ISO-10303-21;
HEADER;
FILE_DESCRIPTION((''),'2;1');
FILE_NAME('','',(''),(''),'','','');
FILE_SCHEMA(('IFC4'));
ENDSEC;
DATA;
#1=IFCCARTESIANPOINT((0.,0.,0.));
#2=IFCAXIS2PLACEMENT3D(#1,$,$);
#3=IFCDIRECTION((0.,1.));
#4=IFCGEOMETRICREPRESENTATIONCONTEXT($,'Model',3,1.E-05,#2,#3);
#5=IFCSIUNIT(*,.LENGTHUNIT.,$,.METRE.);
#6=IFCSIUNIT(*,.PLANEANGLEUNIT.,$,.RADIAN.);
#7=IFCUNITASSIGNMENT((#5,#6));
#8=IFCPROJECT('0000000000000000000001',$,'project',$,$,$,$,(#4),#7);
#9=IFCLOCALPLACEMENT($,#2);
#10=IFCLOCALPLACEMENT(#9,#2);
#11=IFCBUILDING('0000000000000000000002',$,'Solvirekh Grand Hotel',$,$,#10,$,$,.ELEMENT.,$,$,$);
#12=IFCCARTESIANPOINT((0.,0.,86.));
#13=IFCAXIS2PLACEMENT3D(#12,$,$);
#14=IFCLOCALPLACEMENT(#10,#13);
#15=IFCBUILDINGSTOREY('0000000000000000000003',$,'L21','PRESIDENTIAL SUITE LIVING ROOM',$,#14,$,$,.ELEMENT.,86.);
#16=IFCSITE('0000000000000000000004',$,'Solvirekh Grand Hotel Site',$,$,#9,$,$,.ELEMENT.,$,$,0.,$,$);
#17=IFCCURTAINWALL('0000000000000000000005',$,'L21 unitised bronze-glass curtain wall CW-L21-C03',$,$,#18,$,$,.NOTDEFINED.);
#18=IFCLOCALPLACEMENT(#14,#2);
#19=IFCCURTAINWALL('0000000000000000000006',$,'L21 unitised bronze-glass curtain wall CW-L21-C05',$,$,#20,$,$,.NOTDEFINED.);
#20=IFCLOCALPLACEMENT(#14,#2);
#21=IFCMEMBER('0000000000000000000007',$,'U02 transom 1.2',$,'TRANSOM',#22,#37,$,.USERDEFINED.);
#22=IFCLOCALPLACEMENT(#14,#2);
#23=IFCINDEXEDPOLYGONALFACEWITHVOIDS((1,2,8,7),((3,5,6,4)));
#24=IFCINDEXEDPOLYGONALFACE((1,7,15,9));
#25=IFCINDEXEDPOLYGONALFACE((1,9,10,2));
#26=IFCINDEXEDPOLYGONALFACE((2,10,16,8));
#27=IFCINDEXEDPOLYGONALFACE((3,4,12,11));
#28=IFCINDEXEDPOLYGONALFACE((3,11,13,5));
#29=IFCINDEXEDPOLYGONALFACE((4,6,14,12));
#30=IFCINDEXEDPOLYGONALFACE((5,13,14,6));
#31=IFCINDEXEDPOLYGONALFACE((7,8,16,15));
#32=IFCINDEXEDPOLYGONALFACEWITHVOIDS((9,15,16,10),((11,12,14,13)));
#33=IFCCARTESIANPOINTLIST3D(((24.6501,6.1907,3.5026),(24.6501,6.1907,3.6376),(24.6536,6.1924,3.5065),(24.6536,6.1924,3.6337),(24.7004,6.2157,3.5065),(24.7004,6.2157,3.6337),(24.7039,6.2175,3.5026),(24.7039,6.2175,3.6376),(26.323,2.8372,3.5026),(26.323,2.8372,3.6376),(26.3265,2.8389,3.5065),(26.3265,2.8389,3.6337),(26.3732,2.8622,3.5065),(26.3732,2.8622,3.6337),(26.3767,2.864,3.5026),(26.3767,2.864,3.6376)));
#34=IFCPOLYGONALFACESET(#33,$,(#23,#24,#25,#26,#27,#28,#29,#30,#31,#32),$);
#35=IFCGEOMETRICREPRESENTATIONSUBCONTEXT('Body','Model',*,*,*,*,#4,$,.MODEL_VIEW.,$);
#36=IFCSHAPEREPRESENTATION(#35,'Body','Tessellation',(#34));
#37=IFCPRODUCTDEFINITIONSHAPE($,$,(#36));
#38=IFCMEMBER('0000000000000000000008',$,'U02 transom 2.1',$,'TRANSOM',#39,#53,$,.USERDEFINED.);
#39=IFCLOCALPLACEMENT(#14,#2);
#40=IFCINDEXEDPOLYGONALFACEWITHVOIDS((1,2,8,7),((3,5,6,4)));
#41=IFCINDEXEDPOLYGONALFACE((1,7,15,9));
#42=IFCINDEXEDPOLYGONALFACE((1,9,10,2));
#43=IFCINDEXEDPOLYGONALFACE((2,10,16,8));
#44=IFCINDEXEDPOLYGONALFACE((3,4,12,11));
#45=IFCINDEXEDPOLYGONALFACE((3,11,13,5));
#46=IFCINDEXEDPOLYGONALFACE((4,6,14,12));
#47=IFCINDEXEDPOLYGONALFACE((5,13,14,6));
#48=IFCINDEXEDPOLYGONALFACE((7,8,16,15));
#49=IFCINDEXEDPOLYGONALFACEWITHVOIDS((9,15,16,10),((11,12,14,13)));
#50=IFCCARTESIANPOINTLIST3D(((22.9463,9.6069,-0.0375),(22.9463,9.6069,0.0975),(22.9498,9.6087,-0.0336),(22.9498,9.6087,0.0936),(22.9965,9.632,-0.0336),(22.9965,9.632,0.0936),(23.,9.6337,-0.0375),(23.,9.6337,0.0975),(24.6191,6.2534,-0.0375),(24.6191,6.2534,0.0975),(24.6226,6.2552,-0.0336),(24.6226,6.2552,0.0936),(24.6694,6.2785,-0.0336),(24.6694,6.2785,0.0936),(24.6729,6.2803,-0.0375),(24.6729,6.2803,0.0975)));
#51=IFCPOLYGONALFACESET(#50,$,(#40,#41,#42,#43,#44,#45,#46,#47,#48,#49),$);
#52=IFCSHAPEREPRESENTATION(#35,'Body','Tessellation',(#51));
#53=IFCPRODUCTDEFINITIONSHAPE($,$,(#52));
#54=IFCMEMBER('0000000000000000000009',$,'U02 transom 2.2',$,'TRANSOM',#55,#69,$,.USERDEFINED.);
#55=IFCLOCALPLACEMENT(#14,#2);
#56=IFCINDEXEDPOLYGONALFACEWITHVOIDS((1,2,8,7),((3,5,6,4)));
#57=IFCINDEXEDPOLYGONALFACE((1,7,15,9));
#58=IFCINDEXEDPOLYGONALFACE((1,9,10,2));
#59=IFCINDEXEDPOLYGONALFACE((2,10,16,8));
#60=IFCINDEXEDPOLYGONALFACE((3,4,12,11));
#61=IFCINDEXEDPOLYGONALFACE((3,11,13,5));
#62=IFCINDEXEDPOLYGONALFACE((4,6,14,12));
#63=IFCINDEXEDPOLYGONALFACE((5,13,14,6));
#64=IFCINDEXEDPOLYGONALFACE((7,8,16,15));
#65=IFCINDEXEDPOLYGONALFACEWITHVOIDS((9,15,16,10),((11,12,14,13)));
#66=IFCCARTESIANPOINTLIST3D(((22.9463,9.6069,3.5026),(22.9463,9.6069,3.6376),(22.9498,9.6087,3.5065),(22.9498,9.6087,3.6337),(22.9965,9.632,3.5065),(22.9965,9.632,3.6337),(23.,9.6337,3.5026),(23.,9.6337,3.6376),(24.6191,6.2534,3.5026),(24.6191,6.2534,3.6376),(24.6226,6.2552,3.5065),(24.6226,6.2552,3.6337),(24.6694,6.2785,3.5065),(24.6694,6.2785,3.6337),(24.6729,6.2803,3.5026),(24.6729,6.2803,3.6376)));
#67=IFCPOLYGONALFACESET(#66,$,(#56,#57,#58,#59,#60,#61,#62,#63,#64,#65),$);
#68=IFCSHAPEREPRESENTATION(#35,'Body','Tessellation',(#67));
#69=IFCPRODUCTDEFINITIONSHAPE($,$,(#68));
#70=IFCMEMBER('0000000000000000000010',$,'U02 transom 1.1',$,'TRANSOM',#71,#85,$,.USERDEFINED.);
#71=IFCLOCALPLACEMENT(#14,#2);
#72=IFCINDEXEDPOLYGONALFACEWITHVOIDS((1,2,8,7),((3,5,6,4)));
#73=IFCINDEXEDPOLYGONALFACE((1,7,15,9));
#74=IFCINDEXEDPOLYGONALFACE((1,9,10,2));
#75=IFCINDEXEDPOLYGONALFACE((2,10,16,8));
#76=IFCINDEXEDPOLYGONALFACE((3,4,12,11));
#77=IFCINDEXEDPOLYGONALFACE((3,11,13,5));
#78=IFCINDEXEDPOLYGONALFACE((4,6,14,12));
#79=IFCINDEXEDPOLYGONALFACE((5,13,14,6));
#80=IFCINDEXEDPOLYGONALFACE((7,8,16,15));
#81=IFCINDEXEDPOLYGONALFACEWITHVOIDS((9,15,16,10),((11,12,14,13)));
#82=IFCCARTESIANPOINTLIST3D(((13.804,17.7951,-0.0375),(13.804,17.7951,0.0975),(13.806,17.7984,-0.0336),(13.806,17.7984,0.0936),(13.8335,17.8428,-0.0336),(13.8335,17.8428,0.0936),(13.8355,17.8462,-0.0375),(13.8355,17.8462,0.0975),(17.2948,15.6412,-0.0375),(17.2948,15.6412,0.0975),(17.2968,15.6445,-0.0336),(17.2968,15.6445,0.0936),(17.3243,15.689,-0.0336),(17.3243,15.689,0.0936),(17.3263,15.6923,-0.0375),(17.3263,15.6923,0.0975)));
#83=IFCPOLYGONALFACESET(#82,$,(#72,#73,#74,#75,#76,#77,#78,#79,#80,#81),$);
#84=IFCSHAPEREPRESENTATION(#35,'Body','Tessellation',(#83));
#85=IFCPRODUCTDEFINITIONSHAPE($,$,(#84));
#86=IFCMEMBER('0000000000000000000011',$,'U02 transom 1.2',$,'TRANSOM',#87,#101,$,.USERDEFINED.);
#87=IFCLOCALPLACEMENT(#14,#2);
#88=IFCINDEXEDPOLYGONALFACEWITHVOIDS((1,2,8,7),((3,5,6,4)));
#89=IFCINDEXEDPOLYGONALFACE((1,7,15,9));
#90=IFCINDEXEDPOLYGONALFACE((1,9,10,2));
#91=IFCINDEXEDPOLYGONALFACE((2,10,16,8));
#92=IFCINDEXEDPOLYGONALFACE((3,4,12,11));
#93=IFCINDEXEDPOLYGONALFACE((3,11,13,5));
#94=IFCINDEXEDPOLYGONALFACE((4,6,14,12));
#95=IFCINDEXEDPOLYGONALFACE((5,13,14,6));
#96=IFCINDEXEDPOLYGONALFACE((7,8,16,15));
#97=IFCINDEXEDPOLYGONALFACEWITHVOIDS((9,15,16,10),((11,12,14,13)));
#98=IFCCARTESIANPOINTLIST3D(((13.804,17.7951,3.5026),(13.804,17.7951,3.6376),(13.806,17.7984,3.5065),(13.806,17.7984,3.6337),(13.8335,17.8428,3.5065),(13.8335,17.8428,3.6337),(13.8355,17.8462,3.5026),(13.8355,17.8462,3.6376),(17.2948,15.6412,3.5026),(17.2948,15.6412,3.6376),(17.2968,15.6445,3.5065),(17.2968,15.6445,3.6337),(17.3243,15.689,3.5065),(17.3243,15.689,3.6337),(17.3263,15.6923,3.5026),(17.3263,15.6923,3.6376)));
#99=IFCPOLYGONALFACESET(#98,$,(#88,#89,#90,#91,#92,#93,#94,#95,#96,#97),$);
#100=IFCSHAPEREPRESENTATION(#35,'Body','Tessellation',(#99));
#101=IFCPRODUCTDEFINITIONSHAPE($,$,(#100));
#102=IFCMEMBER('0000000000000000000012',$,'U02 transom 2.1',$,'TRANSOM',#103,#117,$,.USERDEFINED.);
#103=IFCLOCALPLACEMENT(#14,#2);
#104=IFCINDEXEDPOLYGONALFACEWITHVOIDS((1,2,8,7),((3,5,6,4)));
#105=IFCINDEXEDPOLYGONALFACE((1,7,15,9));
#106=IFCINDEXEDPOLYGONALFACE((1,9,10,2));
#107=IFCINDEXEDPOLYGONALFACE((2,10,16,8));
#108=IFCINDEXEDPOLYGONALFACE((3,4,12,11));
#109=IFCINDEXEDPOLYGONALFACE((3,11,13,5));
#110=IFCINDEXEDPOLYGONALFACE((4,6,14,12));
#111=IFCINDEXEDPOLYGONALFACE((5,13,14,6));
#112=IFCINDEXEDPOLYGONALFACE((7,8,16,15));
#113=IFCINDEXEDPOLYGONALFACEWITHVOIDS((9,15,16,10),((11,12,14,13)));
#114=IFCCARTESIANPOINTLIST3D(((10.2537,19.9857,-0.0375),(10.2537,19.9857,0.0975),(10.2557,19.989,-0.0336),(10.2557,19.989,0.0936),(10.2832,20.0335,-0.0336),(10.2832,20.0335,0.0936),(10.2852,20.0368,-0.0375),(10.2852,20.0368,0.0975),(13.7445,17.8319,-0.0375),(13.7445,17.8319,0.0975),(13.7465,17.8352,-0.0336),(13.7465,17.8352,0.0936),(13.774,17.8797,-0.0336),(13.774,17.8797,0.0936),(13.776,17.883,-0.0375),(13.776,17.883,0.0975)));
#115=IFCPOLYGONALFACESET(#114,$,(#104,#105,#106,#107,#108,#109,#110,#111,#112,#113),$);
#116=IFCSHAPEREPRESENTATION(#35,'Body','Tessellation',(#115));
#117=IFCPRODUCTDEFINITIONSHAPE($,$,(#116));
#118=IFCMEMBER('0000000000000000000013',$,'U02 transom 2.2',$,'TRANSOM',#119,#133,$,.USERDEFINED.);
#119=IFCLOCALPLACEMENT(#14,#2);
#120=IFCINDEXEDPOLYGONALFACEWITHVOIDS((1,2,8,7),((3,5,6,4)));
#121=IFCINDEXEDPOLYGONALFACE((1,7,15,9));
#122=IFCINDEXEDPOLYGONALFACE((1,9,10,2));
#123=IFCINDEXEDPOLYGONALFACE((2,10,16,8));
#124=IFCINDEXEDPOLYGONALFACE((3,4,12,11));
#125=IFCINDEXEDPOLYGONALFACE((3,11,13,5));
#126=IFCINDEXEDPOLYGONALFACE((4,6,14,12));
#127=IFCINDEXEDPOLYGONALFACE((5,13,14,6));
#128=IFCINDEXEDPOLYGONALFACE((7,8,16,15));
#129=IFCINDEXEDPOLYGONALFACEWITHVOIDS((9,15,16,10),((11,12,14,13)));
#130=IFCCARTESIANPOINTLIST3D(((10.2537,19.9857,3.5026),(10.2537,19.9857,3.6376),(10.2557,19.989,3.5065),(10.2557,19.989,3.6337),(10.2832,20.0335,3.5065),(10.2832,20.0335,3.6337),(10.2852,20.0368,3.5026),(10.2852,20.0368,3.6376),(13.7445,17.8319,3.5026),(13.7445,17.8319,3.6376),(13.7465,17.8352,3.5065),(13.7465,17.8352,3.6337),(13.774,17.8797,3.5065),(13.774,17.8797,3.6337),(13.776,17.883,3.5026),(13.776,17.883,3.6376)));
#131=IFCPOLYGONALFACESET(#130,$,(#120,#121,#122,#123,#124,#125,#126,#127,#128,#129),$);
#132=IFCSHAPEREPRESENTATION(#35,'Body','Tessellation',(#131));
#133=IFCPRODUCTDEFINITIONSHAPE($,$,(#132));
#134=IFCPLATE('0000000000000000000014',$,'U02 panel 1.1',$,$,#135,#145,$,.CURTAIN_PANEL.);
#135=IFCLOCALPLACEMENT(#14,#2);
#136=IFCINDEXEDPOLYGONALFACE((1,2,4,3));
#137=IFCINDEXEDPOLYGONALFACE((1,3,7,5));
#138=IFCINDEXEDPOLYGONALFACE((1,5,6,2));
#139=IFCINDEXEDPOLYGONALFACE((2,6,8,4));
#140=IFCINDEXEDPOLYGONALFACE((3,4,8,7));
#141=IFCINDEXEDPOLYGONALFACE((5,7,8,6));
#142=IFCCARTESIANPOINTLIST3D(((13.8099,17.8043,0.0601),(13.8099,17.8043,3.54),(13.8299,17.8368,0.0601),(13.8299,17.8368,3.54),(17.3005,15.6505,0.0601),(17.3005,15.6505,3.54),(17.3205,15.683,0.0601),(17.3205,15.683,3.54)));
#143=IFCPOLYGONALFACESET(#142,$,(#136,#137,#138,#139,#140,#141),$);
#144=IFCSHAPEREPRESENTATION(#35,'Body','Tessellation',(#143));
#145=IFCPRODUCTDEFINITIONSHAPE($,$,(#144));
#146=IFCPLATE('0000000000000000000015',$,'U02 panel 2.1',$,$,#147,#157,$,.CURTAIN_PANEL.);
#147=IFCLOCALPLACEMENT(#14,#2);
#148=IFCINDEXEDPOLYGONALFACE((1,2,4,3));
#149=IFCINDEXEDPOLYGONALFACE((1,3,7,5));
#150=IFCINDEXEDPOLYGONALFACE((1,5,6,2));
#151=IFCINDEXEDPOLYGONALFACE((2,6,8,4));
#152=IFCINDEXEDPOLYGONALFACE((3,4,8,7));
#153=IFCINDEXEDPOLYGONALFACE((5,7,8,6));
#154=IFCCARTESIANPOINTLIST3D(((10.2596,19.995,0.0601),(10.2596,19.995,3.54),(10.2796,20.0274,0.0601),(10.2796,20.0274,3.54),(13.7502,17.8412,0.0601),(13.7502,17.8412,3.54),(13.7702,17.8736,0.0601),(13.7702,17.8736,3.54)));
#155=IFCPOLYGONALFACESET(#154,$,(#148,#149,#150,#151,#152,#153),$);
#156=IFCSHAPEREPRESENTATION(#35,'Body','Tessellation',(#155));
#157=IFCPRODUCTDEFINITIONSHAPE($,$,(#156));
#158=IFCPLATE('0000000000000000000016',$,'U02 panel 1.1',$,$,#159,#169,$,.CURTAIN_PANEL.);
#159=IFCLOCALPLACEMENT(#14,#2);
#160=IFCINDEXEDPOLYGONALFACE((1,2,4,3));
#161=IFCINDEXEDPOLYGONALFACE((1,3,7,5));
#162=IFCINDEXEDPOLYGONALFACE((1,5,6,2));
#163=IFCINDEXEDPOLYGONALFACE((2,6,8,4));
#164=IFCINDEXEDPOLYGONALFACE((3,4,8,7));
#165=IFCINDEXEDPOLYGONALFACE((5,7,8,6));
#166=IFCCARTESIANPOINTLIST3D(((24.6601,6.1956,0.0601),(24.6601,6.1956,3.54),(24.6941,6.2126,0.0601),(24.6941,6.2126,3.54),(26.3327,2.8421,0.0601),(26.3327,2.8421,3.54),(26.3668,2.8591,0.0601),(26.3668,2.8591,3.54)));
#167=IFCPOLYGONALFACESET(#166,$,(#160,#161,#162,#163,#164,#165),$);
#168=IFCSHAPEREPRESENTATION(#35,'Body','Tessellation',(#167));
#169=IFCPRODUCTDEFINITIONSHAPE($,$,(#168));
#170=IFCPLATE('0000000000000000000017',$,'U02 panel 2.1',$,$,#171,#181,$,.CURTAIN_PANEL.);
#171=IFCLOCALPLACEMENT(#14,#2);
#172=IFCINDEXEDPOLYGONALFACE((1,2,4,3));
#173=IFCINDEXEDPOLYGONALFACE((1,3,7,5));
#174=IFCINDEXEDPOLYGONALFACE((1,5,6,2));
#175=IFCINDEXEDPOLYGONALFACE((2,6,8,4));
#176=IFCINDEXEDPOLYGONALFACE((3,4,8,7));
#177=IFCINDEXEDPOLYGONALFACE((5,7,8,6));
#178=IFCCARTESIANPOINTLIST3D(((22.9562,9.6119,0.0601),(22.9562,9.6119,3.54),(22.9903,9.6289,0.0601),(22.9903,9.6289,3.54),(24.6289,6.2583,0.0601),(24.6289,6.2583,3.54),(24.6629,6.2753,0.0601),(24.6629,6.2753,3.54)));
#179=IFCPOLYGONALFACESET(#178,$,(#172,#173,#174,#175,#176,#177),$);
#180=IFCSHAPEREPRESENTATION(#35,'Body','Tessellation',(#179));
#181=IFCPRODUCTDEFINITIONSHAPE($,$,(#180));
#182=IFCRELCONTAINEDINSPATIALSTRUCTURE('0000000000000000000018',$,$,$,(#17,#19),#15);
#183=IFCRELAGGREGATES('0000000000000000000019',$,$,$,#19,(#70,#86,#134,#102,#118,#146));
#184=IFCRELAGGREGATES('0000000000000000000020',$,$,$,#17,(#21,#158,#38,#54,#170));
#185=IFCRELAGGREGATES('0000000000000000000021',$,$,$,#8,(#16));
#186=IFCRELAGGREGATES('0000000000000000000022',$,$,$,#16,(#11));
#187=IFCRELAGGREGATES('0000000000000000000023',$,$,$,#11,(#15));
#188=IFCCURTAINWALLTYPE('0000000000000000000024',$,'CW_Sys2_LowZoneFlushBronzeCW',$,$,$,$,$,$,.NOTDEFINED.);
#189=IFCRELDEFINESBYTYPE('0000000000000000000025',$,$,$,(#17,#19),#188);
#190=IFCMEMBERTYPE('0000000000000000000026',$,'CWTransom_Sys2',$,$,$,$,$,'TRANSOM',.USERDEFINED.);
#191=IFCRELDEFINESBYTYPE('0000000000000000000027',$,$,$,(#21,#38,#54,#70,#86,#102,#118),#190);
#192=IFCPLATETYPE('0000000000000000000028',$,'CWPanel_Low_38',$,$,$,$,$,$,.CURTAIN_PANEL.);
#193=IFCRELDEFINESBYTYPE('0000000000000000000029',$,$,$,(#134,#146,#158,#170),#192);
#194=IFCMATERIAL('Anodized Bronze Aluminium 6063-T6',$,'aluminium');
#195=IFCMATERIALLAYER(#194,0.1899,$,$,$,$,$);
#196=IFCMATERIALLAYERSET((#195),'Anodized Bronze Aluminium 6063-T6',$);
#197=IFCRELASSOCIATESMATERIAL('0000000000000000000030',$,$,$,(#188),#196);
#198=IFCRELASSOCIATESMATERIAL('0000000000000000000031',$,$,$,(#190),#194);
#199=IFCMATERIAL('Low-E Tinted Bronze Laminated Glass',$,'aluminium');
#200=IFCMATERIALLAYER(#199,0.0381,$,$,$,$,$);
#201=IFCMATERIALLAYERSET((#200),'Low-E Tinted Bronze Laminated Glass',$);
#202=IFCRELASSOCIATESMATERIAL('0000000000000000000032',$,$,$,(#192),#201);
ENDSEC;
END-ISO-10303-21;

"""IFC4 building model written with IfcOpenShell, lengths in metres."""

from ifc_helpers import new_model, si_unit, direction, frame, origin, origin_2d, place, context, subcontext, project, spatial, rectangle, hollow_rectangle, extrude, source, transform, mapped, material, layer, layer_set, material_profile, profile_set, type_object, element, aggregate, save


model = new_model("IFC4")

# Units and contexts
model_context = context("Model", 3, precision=1e-05, world=origin(), true_north=direction((0.0, 1.0)))
body_context = subcontext(model_context, "Body", "Model", "MODEL_VIEW")
ifc_project = project(units=[si_unit("LENGTHUNIT", "METRE"), si_unit("PLANEANGLEUNIT", "RADIAN")], contexts=[model_context])

# Site, building, storey
site_placement = place(None, origin())
site = spatial("IfcSite", under=ifc_project, at=site_placement, Name="Solvirekh Grand Hotel Site", CompositionType="ELEMENT", RefElevation=0.0)
building_placement = place(site_placement, origin())
building = spatial("IfcBuilding", under=site, at=building_placement, Name="Solvirekh Grand Hotel", CompositionType="ELEMENT")
storey_placement = place(building_placement, frame((0.0, 0.0, 86.0)))
storey = spatial("IfcBuildingStorey", under=building, at=storey_placement, Name="L21", Description="PRESIDENTIAL SUITE LIVING ROOM", CompositionType="ELEMENT", Elevation=86.0)

# Curtain walls
ifc_material_1 = material(Name="Anodized Bronze Aluminium 6063-T6", Category="aluminium")
ifc_layer_1 = layer(ifc_material_1, 0.1899)
ifc_layer_set_1 = layer_set([ifc_layer_1], Name="Anodized Bronze Aluminium 6063-T6")
curtain_wall_type = type_object("IfcCurtainWallType", Name="CW_Sys2_LowZoneFlushBronzeCW", PredefinedType="NOTDEFINED", material=ifc_layer_set_1)
curtain_wall_1_placement = place(storey_placement, origin())
curtain_wall_1 = element("IfcCurtainWall", 1, at=curtain_wall_1_placement, inside=storey, type_object=curtain_wall_type, Name="L21 unitised bronze-glass curtain wall CW-L21-C03", PredefinedType="NOTDEFINED")
curtain_wall_2_placement = place(storey_placement, origin())
curtain_wall_2 = element("IfcCurtainWall", 2, at=curtain_wall_2_placement, inside=storey, type_object=curtain_wall_type, Name="L21 unitised bronze-glass curtain wall CW-L21-C05", PredefinedType="NOTDEFINED")

# Members
ifc_material_profile_1 = material_profile(ifc_material_1, hollow_rectangle(XDim=0.0601, YDim=0.135, WallThickness=0.0039, at=origin_2d()), Name="ALU RHS 135X60X4")
ifc_profile_set_1 = profile_set([ifc_material_profile_1], Name="Anodized Bronze Aluminium 6063-T6")
member_type_1 = type_object("IfcMemberType", Name="CWTransom_Sys2", ElementType="TRANSOM", PredefinedType="USERDEFINED", material=ifc_profile_set_1)
shared_shape_1 = source(origin(), body_context, "Body", "SweptSolid", [
    extrude(hollow_rectangle(XDim=0.0601, YDim=0.135, WallThickness=0.0039, at=origin_2d()), origin(), (0.0, 0.0, 1.0), 3.7476),
])
member_1_placement = place(storey_placement, frame((26.3499, 2.8506, 3.5701), z_axis=(-0.44638, 0.894844, 0.0), x_axis=(-0.894844, -0.44638, 0.0)))
member_1 = element("IfcMember", 3, at=member_1_placement, type_object=member_type_1, Name="U02 transom 1.2", ObjectType="TRANSOM", PredefinedType="USERDEFINED", context=body_context, shape_type="MappedRepresentation", body=[
    mapped(shared_shape_1, transform((0.0, 0.0, 0.0), x_axis=(1.0, 0.0, 0.0), y_axis=(0.0, 1.0, 0.0), z_axis=(0.0, 0.0, 1.0), scale=1.0)),
])
member_2_placement = place(storey_placement, frame((24.646, 6.2668, 0.03), z_axis=(-0.44638, 0.894844, 0.0), x_axis=(-0.894844, -0.44638, 0.0)))
member_2 = element("IfcMember", 4, at=member_2_placement, type_object=member_type_1, Name="U02 transom 2.1", ObjectType="TRANSOM", PredefinedType="USERDEFINED", context=body_context, shape_type="MappedRepresentation", body=[
    mapped(shared_shape_1, transform((0.0, 0.0, 0.0), x_axis=(1.0, 0.0, 0.0), y_axis=(0.0, 1.0, 0.0), z_axis=(0.0, 0.0, 1.0), scale=1.0)),
])
member_3_placement = place(storey_placement, frame((24.646, 6.2668, 3.5701), z_axis=(-0.44638, 0.894844, 0.0), x_axis=(-0.894844, -0.44638, 0.0)))
member_3 = element("IfcMember", 5, at=member_3_placement, type_object=member_type_1, Name="U02 transom 2.2", ObjectType="TRANSOM", PredefinedType="USERDEFINED", context=body_context, shape_type="MappedRepresentation", body=[
    mapped(shared_shape_1, transform((0.0, 0.0, 0.0), x_axis=(1.0, 0.0, 0.0), y_axis=(0.0, 1.0, 0.0), z_axis=(0.0, 0.0, 1.0), scale=1.0)),
])
shared_shape_2 = source(origin(), body_context, "Body", "SweptSolid", [
    extrude(hollow_rectangle(XDim=0.0601, YDim=0.135, WallThickness=0.0039, at=origin_2d()), origin(), (0.0, 0.0, 1.0), 4.1018),
])
member_4_placement = place(storey_placement, frame((17.3105, 15.6667, 0.03), z_axis=(-0.851041, 0.5251, 0.0), x_axis=(-0.5251, -0.851041, 0.0)))
member_4 = element("IfcMember", 6, at=member_4_placement, type_object=member_type_1, Name="U02 transom 1.1", ObjectType="TRANSOM", PredefinedType="USERDEFINED", context=body_context, shape_type="MappedRepresentation", body=[
    mapped(shared_shape_2, transform((0.0, 0.0, 0.0), x_axis=(1.0, 0.0, 0.0), y_axis=(0.0, 1.0, 0.0), z_axis=(0.0, 0.0, 1.0), scale=1.0)),
])
member_5_placement = place(storey_placement, frame((17.3105, 15.6667, 3.5701), z_axis=(-0.851041, 0.5251, 0.0), x_axis=(-0.5251, -0.851041, 0.0)))
member_5 = element("IfcMember", 7, at=member_5_placement, type_object=member_type_1, Name="U02 transom 1.2", ObjectType="TRANSOM", PredefinedType="USERDEFINED", context=body_context, shape_type="MappedRepresentation", body=[
    mapped(shared_shape_2, transform((0.0, 0.0, 0.0), x_axis=(1.0, 0.0, 0.0), y_axis=(0.0, 1.0, 0.0), z_axis=(0.0, 0.0, 1.0), scale=1.0)),
])
member_6_placement = place(storey_placement, frame((13.7603, 17.8574, 0.03), z_axis=(-0.851041, 0.5251, 0.0), x_axis=(-0.5251, -0.851041, 0.0)))
member_6 = element("IfcMember", 8, at=member_6_placement, type_object=member_type_1, Name="U02 transom 2.1", ObjectType="TRANSOM", PredefinedType="USERDEFINED", context=body_context, shape_type="MappedRepresentation", body=[
    mapped(shared_shape_2, transform((0.0, 0.0, 0.0), x_axis=(1.0, 0.0, 0.0), y_axis=(0.0, 1.0, 0.0), z_axis=(0.0, 0.0, 1.0), scale=1.0)),
])
member_7_placement = place(storey_placement, frame((13.7603, 17.8574, 3.5701), z_axis=(-0.851041, 0.5251, 0.0), x_axis=(-0.5251, -0.851041, 0.0)))
member_7 = element("IfcMember", 9, at=member_7_placement, type_object=member_type_1, Name="U02 transom 2.2", ObjectType="TRANSOM", PredefinedType="USERDEFINED", context=body_context, shape_type="MappedRepresentation", body=[
    mapped(shared_shape_2, transform((0.0, 0.0, 0.0), x_axis=(1.0, 0.0, 0.0), y_axis=(0.0, 1.0, 0.0), z_axis=(0.0, 0.0, 1.0), scale=1.0)),
])

# Plates
ifc_material_2 = material(Name="Low-E Tinted Bronze Laminated Glass", Category="aluminium")
ifc_layer_2 = layer(ifc_material_2, 0.0381)
ifc_layer_set_2 = layer_set([ifc_layer_2], Name="Low-E Tinted Bronze Laminated Glass")
plate_type = type_object("IfcPlateType", Name="CWPanel_Low_38", PredefinedType="CURTAIN_PANEL", material=ifc_layer_set_2)
shared_shape_3 = source(origin(), body_context, "Body", "SweptSolid", [
    extrude(rectangle(XDim=4.1016, YDim=0.0381, at=origin_2d()), origin(), (0.0, 0.0, 1.0), 3.48),
])
plate_1_placement = place(storey_placement, frame((15.5652, 16.7437, 0.0601), z_axis=(0.0, 0.0, 1.0), x_axis=(-0.851029, 0.525118, 0.0)))
plate_1 = element("IfcPlate", 10, at=plate_1_placement, type_object=plate_type, Name="U02 panel 1.1", PredefinedType="CURTAIN_PANEL", context=body_context, shape_type="MappedRepresentation", body=[
    mapped(shared_shape_3, transform((0.0, 0.0, 0.0), x_axis=(1.0, 0.0, 0.0), y_axis=(0.0, 1.0, 0.0), z_axis=(0.0, 0.0, 1.0), scale=1.0)),
])
plate_2_placement = place(storey_placement, frame((12.0149, 18.9343, 0.0601), z_axis=(0.0, 0.0, 1.0), x_axis=(-0.851029, 0.525118, 0.0)))
plate_2 = element("IfcPlate", 11, at=plate_2_placement, type_object=plate_type, Name="U02 panel 2.1", PredefinedType="CURTAIN_PANEL", context=body_context, shape_type="MappedRepresentation", body=[
    mapped(shared_shape_3, transform((0.0, 0.0, 0.0), x_axis=(1.0, 0.0, 0.0), y_axis=(0.0, 1.0, 0.0), z_axis=(0.0, 0.0, 1.0), scale=1.0)),
])
aggregate(curtain_wall_2, [member_4, member_5, plate_1, member_6, member_7, plate_2])
shared_shape_4 = source(origin(), body_context, "Body", "SweptSolid", [
    extrude(rectangle(XDim=3.7476, YDim=0.0381, at=origin_2d()), origin(), (0.0, 0.0, 1.0), 3.48),
])
plate_3_placement = place(storey_placement, frame((25.5134, 4.5273, 0.0601), z_axis=(0.0, 0.0, 1.0), x_axis=(-0.446331, 0.894868, 0.0)))
plate_3 = element("IfcPlate", 12, at=plate_3_placement, type_object=plate_type, Name="U02 panel 1.1", PredefinedType="CURTAIN_PANEL", context=body_context, shape_type="MappedRepresentation", body=[
    mapped(shared_shape_4, transform((0.0, 0.0, 0.0), x_axis=(1.0, 0.0, 0.0), y_axis=(0.0, 1.0, 0.0), z_axis=(0.0, 0.0, 1.0), scale=1.0)),
])
plate_4_placement = place(storey_placement, frame((23.8096, 7.9436, 0.0601), z_axis=(0.0, 0.0, 1.0), x_axis=(-0.446331, 0.894868, 0.0)))
plate_4 = element("IfcPlate", 13, at=plate_4_placement, type_object=plate_type, Name="U02 panel 2.1", PredefinedType="CURTAIN_PANEL", context=body_context, shape_type="MappedRepresentation", body=[
    mapped(shared_shape_4, transform((0.0, 0.0, 0.0), x_axis=(1.0, 0.0, 0.0), y_axis=(0.0, 1.0, 0.0), z_axis=(0.0, 0.0, 1.0), scale=1.0)),
])
aggregate(curtain_wall_1, [member_1, plate_3, member_2, member_3, plate_4])

save(model, "model.ifc")
